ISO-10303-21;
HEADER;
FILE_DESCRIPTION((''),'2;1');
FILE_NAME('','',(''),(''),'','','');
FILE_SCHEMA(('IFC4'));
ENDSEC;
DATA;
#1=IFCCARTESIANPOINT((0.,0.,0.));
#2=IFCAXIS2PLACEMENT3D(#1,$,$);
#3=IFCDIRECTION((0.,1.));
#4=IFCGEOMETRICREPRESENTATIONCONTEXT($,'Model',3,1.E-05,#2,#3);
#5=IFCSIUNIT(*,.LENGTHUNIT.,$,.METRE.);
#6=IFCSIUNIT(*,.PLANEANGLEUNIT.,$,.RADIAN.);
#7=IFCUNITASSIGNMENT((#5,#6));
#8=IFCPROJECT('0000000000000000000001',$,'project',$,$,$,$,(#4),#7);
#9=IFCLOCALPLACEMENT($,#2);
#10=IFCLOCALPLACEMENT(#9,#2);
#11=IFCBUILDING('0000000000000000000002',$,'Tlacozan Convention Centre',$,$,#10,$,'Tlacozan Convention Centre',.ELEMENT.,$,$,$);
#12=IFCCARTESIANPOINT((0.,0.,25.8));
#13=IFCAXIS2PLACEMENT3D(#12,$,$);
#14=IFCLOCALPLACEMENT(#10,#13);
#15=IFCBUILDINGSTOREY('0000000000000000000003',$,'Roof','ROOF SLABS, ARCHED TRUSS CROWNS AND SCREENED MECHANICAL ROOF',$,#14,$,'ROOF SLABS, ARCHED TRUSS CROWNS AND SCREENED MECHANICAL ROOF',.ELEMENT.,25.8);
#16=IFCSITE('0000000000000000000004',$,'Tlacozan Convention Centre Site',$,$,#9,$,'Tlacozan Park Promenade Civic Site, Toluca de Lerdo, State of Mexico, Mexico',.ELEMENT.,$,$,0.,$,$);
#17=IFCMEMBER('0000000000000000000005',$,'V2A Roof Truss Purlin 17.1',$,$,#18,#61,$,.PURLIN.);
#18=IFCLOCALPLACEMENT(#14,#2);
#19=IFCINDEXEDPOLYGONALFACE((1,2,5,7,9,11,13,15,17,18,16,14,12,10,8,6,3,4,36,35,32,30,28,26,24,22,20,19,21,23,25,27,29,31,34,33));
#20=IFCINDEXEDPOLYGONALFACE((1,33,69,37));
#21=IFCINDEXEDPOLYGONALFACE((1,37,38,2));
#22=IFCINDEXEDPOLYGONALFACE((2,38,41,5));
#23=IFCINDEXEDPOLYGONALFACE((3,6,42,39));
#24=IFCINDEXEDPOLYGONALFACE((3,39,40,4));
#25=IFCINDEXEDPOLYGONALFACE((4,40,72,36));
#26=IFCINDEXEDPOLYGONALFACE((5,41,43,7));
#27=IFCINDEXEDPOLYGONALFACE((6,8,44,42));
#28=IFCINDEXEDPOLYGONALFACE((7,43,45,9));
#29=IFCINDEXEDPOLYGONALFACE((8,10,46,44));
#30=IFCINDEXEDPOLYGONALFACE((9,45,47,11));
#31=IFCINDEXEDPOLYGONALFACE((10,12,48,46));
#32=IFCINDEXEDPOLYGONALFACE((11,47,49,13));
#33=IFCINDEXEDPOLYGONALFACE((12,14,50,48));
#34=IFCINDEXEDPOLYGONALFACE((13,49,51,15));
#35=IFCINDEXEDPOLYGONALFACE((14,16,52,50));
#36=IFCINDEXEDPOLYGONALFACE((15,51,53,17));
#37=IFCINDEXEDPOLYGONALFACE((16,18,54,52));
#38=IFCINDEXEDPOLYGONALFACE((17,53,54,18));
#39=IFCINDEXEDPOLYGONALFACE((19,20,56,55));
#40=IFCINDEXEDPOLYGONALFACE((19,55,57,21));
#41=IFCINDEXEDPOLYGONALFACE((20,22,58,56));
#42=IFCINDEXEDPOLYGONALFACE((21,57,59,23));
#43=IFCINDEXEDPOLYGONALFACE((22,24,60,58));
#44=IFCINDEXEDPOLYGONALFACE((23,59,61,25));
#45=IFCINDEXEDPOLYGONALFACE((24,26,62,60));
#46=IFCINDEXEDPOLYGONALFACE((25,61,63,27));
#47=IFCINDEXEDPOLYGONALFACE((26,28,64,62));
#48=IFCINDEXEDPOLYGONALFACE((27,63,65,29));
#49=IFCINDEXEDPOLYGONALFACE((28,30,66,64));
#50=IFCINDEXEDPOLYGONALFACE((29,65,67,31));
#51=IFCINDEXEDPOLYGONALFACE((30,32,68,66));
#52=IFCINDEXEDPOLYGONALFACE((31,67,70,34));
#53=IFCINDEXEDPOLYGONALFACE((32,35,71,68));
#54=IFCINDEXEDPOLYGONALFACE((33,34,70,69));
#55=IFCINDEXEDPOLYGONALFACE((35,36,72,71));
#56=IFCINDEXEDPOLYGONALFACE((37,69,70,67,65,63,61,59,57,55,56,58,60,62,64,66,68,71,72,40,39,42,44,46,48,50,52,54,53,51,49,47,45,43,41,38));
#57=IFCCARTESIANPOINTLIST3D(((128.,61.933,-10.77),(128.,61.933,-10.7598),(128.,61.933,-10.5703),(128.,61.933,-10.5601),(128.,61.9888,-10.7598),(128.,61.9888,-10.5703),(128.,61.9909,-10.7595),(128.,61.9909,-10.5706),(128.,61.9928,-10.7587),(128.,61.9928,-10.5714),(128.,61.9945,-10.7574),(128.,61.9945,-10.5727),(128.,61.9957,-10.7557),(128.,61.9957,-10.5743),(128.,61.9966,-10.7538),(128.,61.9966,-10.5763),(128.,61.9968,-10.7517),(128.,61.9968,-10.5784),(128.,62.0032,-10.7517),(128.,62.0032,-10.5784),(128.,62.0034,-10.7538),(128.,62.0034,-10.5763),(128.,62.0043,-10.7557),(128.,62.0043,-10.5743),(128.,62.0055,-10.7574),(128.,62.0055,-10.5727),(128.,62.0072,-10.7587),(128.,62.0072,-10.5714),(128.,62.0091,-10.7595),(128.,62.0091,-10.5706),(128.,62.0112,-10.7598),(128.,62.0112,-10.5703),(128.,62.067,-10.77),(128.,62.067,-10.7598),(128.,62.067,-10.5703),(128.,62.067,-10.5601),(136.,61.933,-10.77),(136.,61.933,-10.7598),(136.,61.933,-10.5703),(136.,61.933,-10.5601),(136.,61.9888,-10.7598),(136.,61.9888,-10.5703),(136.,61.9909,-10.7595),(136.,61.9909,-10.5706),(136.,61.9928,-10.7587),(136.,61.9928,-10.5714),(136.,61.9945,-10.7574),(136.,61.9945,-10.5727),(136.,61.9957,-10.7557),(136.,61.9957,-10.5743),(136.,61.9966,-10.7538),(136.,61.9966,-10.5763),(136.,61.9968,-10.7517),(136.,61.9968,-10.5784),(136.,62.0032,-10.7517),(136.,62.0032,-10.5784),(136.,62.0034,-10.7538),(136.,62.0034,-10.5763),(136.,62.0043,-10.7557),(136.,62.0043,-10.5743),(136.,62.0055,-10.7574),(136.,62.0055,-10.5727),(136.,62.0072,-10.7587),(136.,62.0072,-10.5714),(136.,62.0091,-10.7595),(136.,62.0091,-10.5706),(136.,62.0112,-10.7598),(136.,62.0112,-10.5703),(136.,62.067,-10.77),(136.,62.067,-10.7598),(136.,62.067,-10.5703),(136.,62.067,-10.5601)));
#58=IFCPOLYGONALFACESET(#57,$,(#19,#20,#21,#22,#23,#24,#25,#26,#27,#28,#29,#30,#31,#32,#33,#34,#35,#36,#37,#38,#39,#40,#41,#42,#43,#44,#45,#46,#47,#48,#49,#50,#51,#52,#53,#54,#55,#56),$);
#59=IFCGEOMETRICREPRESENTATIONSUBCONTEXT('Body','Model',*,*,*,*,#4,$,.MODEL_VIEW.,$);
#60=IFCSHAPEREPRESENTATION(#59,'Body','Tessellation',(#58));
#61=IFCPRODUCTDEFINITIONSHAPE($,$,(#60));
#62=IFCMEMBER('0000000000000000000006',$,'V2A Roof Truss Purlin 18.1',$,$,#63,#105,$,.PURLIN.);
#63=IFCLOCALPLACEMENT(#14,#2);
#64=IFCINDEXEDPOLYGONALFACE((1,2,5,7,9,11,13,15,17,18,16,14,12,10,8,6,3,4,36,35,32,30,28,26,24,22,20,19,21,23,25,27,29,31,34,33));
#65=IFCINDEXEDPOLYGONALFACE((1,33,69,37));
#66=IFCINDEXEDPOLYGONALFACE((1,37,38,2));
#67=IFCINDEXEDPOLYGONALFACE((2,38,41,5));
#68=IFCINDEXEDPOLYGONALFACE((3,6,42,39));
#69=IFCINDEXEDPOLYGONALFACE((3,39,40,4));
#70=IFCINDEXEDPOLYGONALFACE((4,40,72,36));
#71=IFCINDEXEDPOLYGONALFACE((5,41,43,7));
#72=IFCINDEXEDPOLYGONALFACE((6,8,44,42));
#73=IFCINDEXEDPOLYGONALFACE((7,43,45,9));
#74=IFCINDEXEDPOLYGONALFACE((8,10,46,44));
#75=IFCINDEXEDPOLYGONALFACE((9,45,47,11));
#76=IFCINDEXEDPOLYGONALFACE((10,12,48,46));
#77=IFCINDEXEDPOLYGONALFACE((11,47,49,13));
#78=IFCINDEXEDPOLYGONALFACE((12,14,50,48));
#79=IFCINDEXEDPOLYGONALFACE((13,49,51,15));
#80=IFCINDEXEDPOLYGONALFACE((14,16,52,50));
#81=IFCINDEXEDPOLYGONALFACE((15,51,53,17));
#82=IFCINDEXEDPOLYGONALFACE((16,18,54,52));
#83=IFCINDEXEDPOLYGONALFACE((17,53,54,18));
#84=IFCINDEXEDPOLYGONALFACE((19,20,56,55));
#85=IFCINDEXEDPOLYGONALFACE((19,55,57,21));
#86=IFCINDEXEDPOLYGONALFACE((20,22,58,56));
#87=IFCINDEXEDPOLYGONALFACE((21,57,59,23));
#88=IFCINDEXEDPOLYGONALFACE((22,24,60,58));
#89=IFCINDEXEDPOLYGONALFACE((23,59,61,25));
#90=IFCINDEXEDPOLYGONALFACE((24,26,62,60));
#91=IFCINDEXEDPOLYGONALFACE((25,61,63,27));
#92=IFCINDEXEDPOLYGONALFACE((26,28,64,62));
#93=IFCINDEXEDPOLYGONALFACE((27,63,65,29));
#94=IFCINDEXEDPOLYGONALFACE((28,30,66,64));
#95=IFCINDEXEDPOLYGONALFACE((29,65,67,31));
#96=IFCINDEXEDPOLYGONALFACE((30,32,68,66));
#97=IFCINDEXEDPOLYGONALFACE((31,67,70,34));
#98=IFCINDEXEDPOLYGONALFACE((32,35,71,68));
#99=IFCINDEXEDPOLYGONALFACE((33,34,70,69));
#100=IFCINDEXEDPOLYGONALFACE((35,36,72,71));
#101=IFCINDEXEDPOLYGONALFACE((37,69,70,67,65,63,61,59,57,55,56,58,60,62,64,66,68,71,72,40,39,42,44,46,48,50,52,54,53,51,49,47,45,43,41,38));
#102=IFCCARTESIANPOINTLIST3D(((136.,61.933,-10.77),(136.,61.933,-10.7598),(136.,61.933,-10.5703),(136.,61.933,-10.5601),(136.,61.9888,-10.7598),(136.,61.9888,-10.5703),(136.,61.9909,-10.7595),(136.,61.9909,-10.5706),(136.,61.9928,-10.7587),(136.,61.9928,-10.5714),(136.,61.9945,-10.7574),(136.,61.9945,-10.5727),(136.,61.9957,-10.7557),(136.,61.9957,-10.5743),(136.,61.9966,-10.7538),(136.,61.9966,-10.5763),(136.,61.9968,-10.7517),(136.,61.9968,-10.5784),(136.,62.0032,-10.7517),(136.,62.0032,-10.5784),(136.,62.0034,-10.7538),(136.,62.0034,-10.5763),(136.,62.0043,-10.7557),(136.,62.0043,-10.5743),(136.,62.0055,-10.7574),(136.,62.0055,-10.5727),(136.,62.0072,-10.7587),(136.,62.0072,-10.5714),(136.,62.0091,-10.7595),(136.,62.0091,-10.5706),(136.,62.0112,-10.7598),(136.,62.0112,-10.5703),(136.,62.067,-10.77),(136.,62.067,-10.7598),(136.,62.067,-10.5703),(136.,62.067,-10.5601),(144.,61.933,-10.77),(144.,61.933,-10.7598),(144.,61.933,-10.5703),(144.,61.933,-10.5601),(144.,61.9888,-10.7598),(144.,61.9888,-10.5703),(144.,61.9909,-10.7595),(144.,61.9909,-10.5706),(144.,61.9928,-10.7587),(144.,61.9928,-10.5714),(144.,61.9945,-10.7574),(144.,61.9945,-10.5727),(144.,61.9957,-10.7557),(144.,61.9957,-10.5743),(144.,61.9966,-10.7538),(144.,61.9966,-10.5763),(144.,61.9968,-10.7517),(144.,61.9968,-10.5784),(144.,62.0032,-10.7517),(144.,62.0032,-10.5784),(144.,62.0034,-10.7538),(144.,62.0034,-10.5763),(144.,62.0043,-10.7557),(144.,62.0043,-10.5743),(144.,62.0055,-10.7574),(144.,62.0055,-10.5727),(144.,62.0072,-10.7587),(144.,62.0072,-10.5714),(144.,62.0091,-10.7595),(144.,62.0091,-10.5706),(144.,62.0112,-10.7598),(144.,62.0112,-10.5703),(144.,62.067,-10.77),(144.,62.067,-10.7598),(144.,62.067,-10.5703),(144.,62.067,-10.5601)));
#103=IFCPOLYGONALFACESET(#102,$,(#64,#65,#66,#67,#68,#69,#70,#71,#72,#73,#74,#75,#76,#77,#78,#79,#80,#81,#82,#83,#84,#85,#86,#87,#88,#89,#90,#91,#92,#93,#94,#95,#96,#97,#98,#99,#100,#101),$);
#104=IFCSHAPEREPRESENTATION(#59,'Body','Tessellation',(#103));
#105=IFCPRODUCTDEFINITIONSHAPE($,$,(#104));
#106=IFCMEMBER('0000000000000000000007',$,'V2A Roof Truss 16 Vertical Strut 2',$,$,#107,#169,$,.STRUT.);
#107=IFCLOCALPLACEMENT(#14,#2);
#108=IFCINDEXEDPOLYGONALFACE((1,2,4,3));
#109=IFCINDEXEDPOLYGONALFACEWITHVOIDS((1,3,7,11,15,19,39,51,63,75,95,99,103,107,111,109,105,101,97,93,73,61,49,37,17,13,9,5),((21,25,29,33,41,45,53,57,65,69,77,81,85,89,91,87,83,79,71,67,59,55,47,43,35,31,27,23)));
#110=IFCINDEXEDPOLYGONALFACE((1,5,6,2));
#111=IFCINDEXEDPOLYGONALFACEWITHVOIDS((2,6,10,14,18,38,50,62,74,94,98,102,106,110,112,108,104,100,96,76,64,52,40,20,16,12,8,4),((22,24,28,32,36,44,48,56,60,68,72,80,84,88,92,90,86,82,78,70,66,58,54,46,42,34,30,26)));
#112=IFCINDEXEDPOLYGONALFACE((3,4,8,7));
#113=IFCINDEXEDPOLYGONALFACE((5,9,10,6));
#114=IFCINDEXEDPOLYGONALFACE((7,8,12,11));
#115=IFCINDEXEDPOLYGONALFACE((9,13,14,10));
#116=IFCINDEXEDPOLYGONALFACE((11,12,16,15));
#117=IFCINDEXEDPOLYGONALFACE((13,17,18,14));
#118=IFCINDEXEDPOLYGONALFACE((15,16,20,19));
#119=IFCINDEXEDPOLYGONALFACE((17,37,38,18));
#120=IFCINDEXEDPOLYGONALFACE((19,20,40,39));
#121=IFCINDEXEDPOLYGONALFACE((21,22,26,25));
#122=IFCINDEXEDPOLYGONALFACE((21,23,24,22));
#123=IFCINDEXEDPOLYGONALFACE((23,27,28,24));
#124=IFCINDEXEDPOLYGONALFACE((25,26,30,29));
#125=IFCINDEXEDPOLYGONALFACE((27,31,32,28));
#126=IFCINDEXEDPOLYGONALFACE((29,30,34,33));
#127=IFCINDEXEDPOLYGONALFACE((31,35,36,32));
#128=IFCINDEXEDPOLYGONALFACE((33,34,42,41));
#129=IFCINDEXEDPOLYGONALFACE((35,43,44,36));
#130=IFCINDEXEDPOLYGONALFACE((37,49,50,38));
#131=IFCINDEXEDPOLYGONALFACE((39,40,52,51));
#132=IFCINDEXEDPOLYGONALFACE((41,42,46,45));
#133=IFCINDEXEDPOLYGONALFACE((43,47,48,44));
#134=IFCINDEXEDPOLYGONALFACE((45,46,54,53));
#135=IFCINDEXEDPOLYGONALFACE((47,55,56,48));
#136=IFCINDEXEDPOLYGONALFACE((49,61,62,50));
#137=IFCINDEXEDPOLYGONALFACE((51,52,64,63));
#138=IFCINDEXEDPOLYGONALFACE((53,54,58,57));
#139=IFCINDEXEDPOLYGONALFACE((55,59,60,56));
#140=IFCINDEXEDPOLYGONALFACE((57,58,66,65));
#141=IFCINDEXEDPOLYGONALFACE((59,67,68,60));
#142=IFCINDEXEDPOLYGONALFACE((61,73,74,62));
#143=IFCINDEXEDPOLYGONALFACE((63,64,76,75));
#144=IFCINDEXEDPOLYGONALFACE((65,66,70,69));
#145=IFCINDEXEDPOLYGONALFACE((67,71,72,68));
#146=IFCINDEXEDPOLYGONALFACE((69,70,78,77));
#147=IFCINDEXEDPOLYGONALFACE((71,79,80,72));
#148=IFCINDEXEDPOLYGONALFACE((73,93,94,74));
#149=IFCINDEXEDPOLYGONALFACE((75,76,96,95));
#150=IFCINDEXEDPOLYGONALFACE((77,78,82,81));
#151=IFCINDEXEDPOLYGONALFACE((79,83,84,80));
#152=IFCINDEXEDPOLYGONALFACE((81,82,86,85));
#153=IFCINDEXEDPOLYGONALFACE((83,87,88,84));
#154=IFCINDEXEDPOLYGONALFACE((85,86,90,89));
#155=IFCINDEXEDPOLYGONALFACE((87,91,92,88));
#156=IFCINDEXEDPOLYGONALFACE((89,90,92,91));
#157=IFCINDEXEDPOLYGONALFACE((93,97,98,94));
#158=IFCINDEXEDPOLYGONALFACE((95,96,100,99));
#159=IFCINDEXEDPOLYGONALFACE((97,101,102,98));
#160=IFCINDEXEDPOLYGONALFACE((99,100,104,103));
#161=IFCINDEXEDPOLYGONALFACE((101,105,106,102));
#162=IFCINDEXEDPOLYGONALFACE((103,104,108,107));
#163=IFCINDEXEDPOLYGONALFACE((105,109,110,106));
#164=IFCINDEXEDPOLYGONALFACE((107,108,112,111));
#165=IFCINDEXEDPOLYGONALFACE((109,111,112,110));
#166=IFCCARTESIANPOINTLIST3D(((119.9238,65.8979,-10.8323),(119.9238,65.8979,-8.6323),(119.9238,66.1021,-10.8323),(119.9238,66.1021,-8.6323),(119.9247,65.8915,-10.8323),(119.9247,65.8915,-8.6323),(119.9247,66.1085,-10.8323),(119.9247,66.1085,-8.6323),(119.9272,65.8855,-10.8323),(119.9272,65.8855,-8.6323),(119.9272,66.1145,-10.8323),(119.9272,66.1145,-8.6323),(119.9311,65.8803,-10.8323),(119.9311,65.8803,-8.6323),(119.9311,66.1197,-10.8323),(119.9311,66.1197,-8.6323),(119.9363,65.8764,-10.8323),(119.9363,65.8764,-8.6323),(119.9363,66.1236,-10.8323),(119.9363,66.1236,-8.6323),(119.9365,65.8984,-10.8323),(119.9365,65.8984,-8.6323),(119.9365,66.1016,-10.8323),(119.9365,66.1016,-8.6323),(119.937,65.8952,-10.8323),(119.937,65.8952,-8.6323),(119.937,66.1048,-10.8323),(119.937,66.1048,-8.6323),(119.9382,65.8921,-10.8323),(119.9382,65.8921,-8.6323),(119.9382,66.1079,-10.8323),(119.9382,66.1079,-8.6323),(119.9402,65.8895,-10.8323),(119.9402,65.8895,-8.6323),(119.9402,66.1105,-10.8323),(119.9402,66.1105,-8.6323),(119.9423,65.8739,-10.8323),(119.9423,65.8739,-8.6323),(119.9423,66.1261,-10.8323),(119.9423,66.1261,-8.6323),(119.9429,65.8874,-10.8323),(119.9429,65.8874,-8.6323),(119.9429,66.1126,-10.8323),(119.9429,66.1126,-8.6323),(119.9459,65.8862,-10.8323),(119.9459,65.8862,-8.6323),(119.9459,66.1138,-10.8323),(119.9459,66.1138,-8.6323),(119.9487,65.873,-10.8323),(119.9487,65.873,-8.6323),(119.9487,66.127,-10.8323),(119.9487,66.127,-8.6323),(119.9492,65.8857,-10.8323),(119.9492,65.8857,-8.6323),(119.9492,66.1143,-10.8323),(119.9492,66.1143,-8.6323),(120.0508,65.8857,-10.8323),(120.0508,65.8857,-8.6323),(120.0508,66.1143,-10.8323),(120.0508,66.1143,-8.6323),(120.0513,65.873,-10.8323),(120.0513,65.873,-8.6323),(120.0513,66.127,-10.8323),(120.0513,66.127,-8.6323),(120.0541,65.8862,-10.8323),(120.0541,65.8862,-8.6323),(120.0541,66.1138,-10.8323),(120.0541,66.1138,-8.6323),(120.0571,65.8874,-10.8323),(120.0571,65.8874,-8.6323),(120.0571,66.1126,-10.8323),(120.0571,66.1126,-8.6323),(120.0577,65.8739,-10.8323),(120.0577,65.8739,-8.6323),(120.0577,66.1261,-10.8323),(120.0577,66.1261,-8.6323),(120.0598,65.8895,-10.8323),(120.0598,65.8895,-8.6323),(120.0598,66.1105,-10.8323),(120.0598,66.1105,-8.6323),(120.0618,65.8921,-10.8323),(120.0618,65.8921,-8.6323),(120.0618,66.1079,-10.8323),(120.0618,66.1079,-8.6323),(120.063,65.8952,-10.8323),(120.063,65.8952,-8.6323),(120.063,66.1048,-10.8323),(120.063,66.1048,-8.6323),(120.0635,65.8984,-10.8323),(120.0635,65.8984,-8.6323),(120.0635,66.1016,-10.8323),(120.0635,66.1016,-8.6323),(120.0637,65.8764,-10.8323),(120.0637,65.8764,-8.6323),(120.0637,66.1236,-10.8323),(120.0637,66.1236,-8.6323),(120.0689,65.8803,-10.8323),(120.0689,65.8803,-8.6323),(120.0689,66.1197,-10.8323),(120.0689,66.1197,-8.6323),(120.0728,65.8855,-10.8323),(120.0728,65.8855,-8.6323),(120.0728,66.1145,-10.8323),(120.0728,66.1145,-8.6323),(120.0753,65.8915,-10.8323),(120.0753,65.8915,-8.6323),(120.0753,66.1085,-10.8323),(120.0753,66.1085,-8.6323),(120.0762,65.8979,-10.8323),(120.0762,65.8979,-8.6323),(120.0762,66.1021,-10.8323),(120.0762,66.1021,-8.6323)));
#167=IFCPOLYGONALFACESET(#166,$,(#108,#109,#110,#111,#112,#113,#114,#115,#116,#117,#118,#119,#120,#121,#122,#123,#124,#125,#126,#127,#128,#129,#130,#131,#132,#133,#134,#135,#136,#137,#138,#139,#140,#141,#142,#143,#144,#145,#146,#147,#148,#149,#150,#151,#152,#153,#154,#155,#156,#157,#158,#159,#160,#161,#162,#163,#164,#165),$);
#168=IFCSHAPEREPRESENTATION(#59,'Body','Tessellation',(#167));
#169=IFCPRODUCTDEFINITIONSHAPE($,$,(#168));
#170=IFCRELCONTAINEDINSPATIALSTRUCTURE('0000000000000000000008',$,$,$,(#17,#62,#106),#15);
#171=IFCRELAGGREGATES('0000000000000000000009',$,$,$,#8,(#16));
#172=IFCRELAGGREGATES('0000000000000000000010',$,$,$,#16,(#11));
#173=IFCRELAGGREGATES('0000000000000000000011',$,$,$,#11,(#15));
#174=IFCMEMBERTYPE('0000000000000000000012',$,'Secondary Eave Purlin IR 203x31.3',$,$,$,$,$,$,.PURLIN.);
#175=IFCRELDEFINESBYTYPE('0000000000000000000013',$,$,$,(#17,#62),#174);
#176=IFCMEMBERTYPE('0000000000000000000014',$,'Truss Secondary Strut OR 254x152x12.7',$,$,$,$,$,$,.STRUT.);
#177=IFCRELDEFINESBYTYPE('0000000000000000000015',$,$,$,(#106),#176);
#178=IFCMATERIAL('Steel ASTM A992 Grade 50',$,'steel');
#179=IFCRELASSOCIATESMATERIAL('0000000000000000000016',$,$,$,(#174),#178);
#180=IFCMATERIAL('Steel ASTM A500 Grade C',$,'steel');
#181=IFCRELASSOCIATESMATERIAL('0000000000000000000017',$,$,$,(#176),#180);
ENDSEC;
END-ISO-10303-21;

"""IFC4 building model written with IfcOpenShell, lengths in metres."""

from ifc_helpers import new_model, si_unit, direction, frame, origin, origin_2d, place, context, subcontext, project, spatial, hollow_rectangle, i_section, extrude, material, material_profile, profile_set, type_object, element, save


model = new_model("IFC4")

# Units and contexts
model_context = context("Model", 3, precision=1e-05, world=origin(), true_north=direction((0.0, 1.0)))
body_context = subcontext(model_context, "Body", "Model", "MODEL_VIEW")
ifc_project = project(units=[si_unit("LENGTHUNIT", "METRE"), si_unit("PLANEANGLEUNIT", "RADIAN")], contexts=[model_context])

# Site, building, storey
site_placement = place(None, origin())
site = spatial("IfcSite", under=ifc_project, at=site_placement, Name="Tlacozan Convention Centre Site", LongName="Tlacozan Park Promenade Civic Site, Toluca de Lerdo, State of Mexico, Mexico", CompositionType="ELEMENT", RefElevation=0.0)
building_placement = place(site_placement, origin())
building = spatial("IfcBuilding", under=site, at=building_placement, Name="Tlacozan Convention Centre", LongName="Tlacozan Convention Centre", CompositionType="ELEMENT")
storey_placement = place(building_placement, frame((0.0, 0.0, 25.8)))
storey = spatial("IfcBuildingStorey", under=building, at=storey_placement, Name="Roof", Description="ROOF SLABS, ARCHED TRUSS CROWNS AND SCREENED MECHANICAL ROOF", LongName="ROOF SLABS, ARCHED TRUSS CROWNS AND SCREENED MECHANICAL ROOF", CompositionType="ELEMENT", Elevation=25.8)

# Members
ifc_material_1 = material(Name="Steel ASTM A500 Grade C", Category="steel")
ifc_material_2 = material(Name="Steel ASTM A992 Grade 50", Category="steel")
ifc_material_profile_1 = material_profile(ifc_material_2, i_section(OverallWidth=0.134, OverallDepth=0.21, WebThickness=0.0063, FlangeThickness=0.0103, FilletRadius=0.0081, at=origin_2d()), Name="IR 203x31.3")
ifc_profile_set_1 = profile_set([ifc_material_profile_1], Name="Steel ASTM A992 Grade 50")
member_type_1 = type_object("IfcMemberType", Name="Secondary Eave Purlin IR 203x31.3", PredefinedType="PURLIN", material=ifc_profile_set_1)
for number, where, z_axis, x_axis, name in (
    (1, (128.0, 62.0, -10.665), (1.0, 0.0, 0.0), (0.0, 1.0, 0.0), "V2A Roof Truss Purlin 17.1"),
    (2, (136.0, 62.0, -10.665), (1.0, 0.0, 0.0), (0.0, 1.0, 0.0), "V2A Roof Truss Purlin 18.1"),
):
    element("IfcMember", number, at=place(storey_placement, frame(where, z_axis=z_axis, x_axis=x_axis)), inside=storey, type_object=member_type_1, Name=name, PredefinedType="PURLIN", context=body_context, shape_type="SweptSolid", body=[
        extrude(i_section(OverallWidth=0.134, OverallDepth=0.21, WebThickness=0.0063, FlangeThickness=0.0103, FilletRadius=0.0081, at=origin_2d()), origin(), (0.0, 0.0, 1.0), 8.0),
    ])
ifc_material_profile_2 = material_profile(ifc_material_1, hollow_rectangle(XDim=0.1523, YDim=0.2539, WallThickness=0.0127, InnerFilletRadius=0.0127, OuterFilletRadius=0.0249, at=origin_2d()), Name="OR 254x152x12.7")
ifc_profile_set_2 = profile_set([ifc_material_profile_2], Name="Steel ASTM A500 Grade C")
member_type_2 = type_object("IfcMemberType", Name="Truss Secondary Strut OR 254x152x12.7", PredefinedType="STRUT", material=ifc_profile_set_2)
for number, where, z_axis, x_axis, name in (
    (3, (120.0, 66.0, -10.8323), (0.0, 0.0, 1.0), (1.0, 0.0, 0.0), "V2A Roof Truss 16 Vertical Strut 2"),
):
    element("IfcMember", number, at=place(storey_placement, frame(where, z_axis=z_axis, x_axis=x_axis)), inside=storey, type_object=member_type_2, Name=name, PredefinedType="STRUT", context=body_context, shape_type="SweptSolid", body=[
        extrude(hollow_rectangle(XDim=0.1523, YDim=0.2539, WallThickness=0.0127, InnerFilletRadius=0.0127, OuterFilletRadius=0.0249, at=origin_2d()), origin(), (0.0, 0.0, 1.0), 2.2),
    ])

save(model, "model.ifc")
